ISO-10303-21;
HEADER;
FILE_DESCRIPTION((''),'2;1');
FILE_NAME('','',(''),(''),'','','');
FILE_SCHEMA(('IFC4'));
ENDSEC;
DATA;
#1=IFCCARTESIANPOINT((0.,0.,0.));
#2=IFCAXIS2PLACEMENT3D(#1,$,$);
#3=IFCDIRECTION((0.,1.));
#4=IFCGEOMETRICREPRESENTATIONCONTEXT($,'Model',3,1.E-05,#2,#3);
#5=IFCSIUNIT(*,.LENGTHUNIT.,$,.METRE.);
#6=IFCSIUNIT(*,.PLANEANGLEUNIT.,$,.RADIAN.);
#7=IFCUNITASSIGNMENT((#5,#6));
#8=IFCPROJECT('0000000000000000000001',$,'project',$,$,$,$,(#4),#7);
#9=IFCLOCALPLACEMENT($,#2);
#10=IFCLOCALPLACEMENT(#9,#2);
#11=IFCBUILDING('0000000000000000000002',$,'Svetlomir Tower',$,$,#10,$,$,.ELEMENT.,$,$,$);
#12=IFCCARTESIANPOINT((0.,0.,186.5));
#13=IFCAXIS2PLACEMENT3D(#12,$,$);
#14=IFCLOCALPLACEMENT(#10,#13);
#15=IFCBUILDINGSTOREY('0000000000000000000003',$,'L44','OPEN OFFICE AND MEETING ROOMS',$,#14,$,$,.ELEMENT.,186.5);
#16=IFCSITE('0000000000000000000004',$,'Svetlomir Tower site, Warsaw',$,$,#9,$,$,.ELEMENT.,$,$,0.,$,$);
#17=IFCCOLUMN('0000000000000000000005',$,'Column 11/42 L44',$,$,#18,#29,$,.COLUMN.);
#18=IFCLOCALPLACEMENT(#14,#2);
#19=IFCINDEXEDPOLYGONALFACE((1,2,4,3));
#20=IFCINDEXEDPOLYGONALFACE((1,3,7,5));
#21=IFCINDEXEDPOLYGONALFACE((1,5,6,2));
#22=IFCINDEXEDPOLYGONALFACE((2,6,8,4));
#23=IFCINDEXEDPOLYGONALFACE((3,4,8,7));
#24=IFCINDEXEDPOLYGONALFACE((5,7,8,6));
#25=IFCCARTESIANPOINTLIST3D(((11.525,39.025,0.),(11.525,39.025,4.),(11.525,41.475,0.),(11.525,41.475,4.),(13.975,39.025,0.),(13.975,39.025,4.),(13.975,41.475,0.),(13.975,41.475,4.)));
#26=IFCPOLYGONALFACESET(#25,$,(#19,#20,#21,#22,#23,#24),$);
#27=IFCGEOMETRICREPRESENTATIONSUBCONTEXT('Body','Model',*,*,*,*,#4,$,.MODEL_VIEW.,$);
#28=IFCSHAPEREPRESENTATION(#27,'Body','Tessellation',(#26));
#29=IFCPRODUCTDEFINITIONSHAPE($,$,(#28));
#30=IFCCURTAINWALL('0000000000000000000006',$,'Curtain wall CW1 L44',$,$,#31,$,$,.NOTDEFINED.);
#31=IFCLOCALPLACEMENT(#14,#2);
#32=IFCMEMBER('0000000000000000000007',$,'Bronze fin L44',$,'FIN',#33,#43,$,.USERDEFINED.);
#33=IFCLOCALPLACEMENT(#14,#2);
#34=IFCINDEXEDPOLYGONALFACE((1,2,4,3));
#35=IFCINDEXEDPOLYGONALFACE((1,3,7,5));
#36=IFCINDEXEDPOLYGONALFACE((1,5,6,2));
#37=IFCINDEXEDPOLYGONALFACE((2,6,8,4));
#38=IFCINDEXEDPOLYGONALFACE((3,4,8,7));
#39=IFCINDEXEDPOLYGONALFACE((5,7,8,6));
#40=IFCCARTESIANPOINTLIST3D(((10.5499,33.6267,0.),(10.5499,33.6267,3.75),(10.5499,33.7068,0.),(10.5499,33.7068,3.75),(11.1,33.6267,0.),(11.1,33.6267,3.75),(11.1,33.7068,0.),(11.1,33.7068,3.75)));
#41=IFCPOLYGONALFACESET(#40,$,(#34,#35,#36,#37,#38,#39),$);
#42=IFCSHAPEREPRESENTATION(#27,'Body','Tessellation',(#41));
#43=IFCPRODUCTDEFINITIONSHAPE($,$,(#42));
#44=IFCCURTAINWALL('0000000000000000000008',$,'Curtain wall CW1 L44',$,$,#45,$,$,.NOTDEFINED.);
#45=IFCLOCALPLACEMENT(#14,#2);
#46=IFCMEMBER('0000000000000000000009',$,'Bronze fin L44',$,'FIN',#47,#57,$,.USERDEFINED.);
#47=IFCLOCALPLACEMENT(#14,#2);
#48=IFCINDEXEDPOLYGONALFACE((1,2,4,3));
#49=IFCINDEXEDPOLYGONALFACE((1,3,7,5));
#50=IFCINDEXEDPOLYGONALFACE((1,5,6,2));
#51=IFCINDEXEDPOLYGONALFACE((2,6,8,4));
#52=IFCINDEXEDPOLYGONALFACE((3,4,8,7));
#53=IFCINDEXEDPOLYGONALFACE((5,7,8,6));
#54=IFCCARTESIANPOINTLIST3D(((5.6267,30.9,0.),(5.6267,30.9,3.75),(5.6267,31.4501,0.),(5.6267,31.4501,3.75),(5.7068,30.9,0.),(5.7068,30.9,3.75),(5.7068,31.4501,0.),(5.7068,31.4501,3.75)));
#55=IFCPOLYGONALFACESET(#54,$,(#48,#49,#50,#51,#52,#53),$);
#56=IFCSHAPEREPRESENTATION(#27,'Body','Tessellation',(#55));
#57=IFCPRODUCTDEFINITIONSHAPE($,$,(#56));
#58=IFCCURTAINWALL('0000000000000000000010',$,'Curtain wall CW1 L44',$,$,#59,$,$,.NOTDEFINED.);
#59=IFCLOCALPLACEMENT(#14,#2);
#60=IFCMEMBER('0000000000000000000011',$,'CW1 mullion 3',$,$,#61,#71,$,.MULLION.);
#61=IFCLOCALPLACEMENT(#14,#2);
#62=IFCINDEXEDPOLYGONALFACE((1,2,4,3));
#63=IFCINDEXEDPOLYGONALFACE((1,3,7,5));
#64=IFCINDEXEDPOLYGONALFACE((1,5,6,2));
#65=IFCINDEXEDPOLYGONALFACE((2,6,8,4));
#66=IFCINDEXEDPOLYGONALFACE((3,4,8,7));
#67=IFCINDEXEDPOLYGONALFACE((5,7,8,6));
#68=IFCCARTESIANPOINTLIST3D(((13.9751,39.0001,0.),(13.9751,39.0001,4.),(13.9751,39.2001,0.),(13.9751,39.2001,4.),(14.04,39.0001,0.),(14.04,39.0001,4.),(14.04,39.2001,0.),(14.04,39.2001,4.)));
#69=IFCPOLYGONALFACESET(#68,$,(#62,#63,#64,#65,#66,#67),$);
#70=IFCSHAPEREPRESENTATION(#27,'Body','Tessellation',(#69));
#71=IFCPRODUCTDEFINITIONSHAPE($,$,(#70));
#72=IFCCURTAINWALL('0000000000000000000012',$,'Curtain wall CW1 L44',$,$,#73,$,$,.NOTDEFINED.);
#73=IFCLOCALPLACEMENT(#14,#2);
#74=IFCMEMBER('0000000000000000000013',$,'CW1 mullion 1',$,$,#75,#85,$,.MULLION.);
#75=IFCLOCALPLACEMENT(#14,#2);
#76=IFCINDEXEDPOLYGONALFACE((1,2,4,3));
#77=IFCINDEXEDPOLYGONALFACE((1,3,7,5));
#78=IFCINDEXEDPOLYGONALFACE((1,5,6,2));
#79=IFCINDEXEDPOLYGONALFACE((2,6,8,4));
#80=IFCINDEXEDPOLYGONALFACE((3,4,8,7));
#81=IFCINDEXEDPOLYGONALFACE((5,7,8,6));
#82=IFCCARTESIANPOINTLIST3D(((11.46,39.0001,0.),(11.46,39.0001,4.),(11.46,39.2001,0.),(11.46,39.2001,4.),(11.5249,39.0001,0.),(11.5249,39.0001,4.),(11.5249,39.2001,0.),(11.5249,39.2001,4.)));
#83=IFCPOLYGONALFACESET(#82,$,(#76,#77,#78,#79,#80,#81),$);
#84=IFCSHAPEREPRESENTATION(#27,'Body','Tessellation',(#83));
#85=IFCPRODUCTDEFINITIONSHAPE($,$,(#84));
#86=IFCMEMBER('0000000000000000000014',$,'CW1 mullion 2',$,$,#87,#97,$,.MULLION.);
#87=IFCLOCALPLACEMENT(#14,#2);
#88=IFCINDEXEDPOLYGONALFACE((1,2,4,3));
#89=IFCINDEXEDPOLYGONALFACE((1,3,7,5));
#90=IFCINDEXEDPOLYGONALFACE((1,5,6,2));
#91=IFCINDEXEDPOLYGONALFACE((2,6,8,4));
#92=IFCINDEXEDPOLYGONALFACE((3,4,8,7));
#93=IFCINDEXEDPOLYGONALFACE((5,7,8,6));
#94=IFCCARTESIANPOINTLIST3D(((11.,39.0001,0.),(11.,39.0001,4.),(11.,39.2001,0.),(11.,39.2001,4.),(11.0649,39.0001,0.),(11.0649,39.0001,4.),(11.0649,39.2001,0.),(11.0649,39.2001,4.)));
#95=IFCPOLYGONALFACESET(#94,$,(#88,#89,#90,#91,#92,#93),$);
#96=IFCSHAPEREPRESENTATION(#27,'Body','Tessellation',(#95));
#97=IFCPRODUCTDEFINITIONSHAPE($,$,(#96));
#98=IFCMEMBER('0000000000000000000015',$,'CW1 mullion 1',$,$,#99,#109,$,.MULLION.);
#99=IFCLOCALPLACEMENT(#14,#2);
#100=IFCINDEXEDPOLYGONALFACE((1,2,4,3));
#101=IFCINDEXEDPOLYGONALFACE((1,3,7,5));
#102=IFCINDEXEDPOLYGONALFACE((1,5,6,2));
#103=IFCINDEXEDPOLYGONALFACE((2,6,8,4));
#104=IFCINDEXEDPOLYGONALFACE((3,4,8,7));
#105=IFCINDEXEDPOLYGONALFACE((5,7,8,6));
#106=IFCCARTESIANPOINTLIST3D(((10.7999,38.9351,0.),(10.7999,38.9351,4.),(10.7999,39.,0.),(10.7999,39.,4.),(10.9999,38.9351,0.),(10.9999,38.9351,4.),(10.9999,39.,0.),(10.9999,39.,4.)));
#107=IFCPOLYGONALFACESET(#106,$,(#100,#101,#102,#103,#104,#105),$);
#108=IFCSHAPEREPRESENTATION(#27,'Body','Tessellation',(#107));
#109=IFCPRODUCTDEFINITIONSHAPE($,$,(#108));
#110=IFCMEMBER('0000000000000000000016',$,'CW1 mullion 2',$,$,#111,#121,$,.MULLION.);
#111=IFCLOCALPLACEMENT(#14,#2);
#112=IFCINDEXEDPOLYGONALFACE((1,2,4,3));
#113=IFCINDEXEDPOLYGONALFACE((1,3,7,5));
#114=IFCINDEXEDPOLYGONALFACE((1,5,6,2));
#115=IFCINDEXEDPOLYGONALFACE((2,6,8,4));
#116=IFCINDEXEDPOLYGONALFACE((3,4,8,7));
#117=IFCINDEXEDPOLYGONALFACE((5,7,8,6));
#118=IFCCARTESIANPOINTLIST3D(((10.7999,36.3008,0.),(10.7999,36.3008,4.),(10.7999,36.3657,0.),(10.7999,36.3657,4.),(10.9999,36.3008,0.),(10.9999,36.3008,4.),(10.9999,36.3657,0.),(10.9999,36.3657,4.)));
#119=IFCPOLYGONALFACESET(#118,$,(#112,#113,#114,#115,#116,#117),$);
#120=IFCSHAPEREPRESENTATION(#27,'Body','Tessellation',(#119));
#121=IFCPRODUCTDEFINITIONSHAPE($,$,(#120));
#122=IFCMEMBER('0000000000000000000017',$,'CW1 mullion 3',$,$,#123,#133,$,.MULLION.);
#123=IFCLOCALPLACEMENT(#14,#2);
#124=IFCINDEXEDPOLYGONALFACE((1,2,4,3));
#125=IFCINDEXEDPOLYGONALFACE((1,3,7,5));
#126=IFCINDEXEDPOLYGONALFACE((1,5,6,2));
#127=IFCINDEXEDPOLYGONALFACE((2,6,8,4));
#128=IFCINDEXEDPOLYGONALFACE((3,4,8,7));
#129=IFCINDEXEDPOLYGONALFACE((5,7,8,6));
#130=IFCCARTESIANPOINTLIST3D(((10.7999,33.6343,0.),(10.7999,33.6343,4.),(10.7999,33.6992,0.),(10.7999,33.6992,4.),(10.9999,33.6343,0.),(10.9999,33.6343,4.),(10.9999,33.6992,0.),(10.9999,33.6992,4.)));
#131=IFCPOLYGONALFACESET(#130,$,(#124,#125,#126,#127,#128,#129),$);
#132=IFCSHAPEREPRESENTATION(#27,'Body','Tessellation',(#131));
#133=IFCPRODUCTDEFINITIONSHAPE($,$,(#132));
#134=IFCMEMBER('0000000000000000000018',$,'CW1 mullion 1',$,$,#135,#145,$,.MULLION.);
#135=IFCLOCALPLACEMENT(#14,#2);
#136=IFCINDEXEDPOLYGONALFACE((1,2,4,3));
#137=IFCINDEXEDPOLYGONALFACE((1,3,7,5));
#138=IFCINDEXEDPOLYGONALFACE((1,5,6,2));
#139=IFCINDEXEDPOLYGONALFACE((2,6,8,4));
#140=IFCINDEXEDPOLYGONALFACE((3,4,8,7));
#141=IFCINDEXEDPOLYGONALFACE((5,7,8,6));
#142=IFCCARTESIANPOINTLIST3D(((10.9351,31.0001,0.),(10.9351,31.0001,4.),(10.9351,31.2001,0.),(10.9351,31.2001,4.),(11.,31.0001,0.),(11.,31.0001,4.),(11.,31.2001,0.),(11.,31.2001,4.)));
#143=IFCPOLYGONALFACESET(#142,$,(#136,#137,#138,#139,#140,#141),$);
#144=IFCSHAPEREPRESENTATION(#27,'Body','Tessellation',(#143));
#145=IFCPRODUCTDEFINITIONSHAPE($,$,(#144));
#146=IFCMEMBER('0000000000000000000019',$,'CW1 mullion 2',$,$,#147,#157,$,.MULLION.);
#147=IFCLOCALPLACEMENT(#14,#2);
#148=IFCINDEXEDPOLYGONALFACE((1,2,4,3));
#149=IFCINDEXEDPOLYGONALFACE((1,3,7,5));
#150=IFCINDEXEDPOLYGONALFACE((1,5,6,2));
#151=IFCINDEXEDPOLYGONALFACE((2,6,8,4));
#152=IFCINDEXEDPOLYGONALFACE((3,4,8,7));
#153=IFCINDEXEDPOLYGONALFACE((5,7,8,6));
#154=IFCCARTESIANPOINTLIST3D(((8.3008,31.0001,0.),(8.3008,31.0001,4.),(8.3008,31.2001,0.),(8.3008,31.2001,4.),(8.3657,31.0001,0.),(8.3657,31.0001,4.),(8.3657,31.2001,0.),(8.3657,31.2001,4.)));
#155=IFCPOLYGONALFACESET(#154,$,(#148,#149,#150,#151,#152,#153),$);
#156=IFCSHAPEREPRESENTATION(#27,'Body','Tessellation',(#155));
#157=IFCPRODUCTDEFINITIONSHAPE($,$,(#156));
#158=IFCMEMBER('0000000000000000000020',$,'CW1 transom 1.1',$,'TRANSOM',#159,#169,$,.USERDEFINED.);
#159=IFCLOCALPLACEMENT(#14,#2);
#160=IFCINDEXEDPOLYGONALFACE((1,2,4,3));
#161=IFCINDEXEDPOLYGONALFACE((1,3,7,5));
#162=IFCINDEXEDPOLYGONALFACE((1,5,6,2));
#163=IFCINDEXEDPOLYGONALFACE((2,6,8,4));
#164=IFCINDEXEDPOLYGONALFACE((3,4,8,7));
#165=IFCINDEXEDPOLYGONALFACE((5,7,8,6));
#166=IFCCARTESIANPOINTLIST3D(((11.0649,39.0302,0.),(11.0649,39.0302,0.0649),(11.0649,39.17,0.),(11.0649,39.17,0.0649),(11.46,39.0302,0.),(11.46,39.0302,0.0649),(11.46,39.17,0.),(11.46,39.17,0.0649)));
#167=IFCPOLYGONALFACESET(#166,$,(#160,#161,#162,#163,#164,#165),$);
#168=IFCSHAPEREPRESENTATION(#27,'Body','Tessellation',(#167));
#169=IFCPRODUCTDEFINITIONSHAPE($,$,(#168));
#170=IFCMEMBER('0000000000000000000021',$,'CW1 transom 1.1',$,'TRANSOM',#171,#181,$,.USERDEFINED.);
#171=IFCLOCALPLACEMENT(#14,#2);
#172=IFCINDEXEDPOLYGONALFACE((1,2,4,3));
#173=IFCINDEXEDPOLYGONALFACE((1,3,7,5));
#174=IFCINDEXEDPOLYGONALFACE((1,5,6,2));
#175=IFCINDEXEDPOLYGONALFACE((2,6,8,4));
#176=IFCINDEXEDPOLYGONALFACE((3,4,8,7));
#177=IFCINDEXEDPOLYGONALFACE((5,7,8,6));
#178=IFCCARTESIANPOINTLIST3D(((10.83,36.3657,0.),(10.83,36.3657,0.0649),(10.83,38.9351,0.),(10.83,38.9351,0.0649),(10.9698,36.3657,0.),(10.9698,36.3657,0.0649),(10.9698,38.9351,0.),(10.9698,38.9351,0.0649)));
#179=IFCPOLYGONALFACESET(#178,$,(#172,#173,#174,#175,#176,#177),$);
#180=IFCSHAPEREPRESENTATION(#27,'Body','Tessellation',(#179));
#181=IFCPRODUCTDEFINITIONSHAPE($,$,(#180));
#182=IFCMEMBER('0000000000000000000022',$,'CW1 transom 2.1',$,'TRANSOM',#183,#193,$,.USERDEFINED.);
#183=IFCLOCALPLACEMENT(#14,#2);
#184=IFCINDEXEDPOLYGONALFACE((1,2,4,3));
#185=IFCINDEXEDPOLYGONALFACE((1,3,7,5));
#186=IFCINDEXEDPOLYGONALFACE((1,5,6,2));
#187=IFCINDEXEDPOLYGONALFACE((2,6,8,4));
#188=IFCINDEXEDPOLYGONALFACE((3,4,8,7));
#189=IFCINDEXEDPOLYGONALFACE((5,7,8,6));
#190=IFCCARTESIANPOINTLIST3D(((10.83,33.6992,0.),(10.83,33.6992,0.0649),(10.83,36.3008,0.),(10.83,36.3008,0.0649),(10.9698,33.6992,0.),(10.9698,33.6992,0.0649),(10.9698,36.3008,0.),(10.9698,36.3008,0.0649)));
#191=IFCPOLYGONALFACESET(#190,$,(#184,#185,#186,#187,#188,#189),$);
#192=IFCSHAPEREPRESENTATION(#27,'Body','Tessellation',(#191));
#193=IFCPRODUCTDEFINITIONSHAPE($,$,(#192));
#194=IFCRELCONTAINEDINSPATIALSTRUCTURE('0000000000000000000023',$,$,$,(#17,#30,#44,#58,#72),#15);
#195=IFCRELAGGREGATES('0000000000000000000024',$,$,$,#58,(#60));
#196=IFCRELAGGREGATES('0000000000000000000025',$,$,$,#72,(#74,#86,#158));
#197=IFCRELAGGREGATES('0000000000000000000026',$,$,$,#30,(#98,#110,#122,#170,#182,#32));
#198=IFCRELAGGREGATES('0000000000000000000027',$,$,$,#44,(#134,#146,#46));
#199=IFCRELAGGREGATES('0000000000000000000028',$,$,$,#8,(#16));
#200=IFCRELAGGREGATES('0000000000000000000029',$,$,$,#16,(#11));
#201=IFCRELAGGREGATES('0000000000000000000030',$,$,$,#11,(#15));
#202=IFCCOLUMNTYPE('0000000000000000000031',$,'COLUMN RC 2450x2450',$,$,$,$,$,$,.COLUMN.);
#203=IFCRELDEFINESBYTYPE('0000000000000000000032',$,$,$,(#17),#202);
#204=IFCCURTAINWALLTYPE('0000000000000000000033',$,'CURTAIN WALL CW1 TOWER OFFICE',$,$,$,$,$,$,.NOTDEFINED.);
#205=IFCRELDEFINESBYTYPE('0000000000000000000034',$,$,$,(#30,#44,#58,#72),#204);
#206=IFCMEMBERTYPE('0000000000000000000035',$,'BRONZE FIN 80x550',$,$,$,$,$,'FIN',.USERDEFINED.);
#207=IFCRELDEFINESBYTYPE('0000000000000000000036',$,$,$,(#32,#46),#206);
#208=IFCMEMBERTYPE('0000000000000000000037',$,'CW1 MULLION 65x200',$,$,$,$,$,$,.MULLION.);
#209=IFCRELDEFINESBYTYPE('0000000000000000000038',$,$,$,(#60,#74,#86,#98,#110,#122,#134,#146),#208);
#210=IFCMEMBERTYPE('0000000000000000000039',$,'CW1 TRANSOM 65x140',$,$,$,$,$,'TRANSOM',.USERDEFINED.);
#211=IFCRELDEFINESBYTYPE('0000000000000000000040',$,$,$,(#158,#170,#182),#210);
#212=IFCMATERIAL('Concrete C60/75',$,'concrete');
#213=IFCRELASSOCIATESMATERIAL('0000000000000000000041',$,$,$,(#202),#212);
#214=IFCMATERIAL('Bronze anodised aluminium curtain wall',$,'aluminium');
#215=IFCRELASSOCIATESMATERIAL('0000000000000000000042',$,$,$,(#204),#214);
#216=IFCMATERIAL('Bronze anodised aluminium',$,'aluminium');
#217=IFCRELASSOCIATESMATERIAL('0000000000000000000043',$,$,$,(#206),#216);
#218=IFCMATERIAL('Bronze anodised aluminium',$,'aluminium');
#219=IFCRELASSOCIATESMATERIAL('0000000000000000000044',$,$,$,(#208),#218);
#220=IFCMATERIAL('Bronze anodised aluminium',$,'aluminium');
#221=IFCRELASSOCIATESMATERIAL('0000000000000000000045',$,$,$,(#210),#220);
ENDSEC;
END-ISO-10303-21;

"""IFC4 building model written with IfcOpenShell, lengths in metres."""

from ifc_helpers import new_model, si_unit, direction, frame, origin, origin_2d, place, context, subcontext, project, spatial, rectangle, extrude, material, material_profile, profile_set, type_object, element, aggregate, save


model = new_model("IFC4")

# Units and contexts
model_context = context("Model", 3, precision=1e-05, world=origin(), true_north=direction((0.0, 1.0)))
body_context = subcontext(model_context, "Body", "Model", "MODEL_VIEW")
ifc_project = project(units=[si_unit("LENGTHUNIT", "METRE"), si_unit("PLANEANGLEUNIT", "RADIAN")], contexts=[model_context])

# Site, building, storey
site_placement = place(None, origin())
site = spatial("IfcSite", under=ifc_project, at=site_placement, Name="Svetlomir Tower site, Warsaw", CompositionType="ELEMENT", RefElevation=0.0)
building_placement = place(site_placement, origin())
building = spatial("IfcBuilding", under=site, at=building_placement, Name="Svetlomir Tower", CompositionType="ELEMENT")
storey_placement = place(building_placement, frame((0.0, 0.0, 186.5)))
storey = spatial("IfcBuildingStorey", under=building, at=storey_placement, Name="L44", Description="OPEN OFFICE AND MEETING ROOMS", CompositionType="ELEMENT", Elevation=186.5)

# Column
ifc_material_1 = material(Name="Concrete C60/75", Category="concrete")
ifc_material_profile_1 = material_profile(ifc_material_1, rectangle(XDim=2.45, YDim=2.45, at=origin_2d()), Name="RC 2450x2450")
ifc_profile_set_1 = profile_set([ifc_material_profile_1], Name="Concrete C60/75")
column_type = type_object("IfcColumnType", Name="COLUMN RC 2450x2450", PredefinedType="COLUMN", material=ifc_profile_set_1)
column_placement = place(storey_placement, frame((12.75, 40.25, 0.0), z_axis=(0.0, 0.0, 1.0), x_axis=(1.0, 0.0, 0.0)))
element("IfcColumn", 1, at=column_placement, inside=storey, type_object=column_type, Name="Column 11/42 L44", PredefinedType="COLUMN", context=body_context, shape_type="SweptSolid", body=[
    extrude(rectangle(XDim=2.45, YDim=2.45, at=origin_2d()), origin(), (0.0, 0.0, 1.0), 4.0),
])

# Curtain walls, members
ifc_material_2 = material(Name="Bronze anodised aluminium curtain wall", Category="aluminium")
curtain_wall_type = type_object("IfcCurtainWallType", Name="CURTAIN WALL CW1 TOWER OFFICE", PredefinedType="NOTDEFINED", material=ifc_material_2)
curtain_wall_1_placement = place(storey_placement, origin())
curtain_wall_1 = element("IfcCurtainWall", 2, at=curtain_wall_1_placement, inside=storey, type_object=curtain_wall_type, Name="Curtain wall CW1 L44", PredefinedType="NOTDEFINED")
ifc_material_3 = material(Name="Bronze anodised aluminium", Category="aluminium")
ifc_material_profile_2 = material_profile(ifc_material_3, rectangle(XDim=0.0801, YDim=0.55, at=origin_2d()), Name="FIN 80x550")
ifc_profile_set_2 = profile_set([ifc_material_profile_2], Name="Bronze anodised aluminium 6063-T6")
member_type_1 = type_object("IfcMemberType", Name="BRONZE FIN 80x550", ElementType="FIN", PredefinedType="USERDEFINED", material=ifc_profile_set_2)
member_1_placement = place(storey_placement, frame((10.825, 33.6667, 0.0), z_axis=(0.0, 0.0, 1.0), x_axis=(0.0, 1.0, 0.0)))
member_1 = element("IfcMember", 3, at=member_1_placement, type_object=member_type_1, Name="Bronze fin L44", ObjectType="FIN", PredefinedType="USERDEFINED", context=body_context, shape_type="SweptSolid", body=[
    extrude(rectangle(XDim=0.0801, YDim=0.55, at=origin_2d()), origin(), (0.0, 0.0, 1.0), 3.75),
])
curtain_wall_2_placement = place(storey_placement, origin())
curtain_wall_2 = element("IfcCurtainWall", 4, at=curtain_wall_2_placement, inside=storey, type_object=curtain_wall_type, Name="Curtain wall CW1 L44", PredefinedType="NOTDEFINED")
member_2_placement = place(storey_placement, frame((5.6667, 31.175, 0.0), z_axis=(0.0, 0.0, 1.0), x_axis=(1.0, 0.0, 0.0)))
member_2 = element("IfcMember", 5, at=member_2_placement, type_object=member_type_1, Name="Bronze fin L44", ObjectType="FIN", PredefinedType="USERDEFINED", context=body_context, shape_type="SweptSolid", body=[
    extrude(rectangle(XDim=0.0801, YDim=0.55, at=origin_2d()), origin(), (0.0, 0.0, 1.0), 3.75),
])
curtain_wall_3_placement = place(storey_placement, origin())
curtain_wall_3 = element("IfcCurtainWall", 6, at=curtain_wall_3_placement, inside=storey, type_object=curtain_wall_type, Name="Curtain wall CW1 L44", PredefinedType="NOTDEFINED")
ifc_material_4 = material(Name="Bronze anodised aluminium", Category="aluminium")
ifc_material_profile_3 = material_profile(ifc_material_4, rectangle(XDim=0.0649, YDim=0.2, at=origin_2d()), Name="AL 65x200")
ifc_profile_set_3 = profile_set([ifc_material_profile_3], Name="Bronze anodised aluminium 6063-T6")
member_type_2 = type_object("IfcMemberType", Name="CW1 MULLION 65x200", PredefinedType="MULLION", material=ifc_profile_set_3)
member_3_placement = place(storey_placement, frame((14.0076, 39.1001, 0.0), z_axis=(0.0, 0.0, 1.0), x_axis=(-1.0, 0.0, 0.0)))
member_3 = element("IfcMember", 7, at=member_3_placement, type_object=member_type_2, Name="CW1 mullion 3", PredefinedType="MULLION", context=body_context, shape_type="SweptSolid", body=[
    extrude(rectangle(XDim=0.0649, YDim=0.2, at=origin_2d()), origin(), (0.0, 0.0, 1.0), 4.0),
])
aggregate(curtain_wall_3, [member_3])

# Curtain wall, members
curtain_wall_4_placement = place(storey_placement, origin())
curtain_wall_4 = element("IfcCurtainWall", 8, at=curtain_wall_4_placement, inside=storey, type_object=curtain_wall_type, Name="Curtain wall CW1 L44", PredefinedType="NOTDEFINED")
member_4_placement = place(storey_placement, frame((11.4924, 39.1001, 0.0), z_axis=(0.0, 0.0, 1.0), x_axis=(-1.0, 0.0, 0.0)))
member_4 = element("IfcMember", 9, at=member_4_placement, type_object=member_type_2, Name="CW1 mullion 1", PredefinedType="MULLION", context=body_context, shape_type="SweptSolid", body=[
    extrude(rectangle(XDim=0.0649, YDim=0.2, at=origin_2d()), origin(), (0.0, 0.0, 1.0), 4.0),
])
member_5_placement = place(storey_placement, frame((11.0325, 39.1001, 0.0), z_axis=(0.0, 0.0, 1.0), x_axis=(-1.0, 0.0, 0.0)))
member_5 = element("IfcMember", 10, at=member_5_placement, type_object=member_type_2, Name="CW1 mullion 2", PredefinedType="MULLION", context=body_context, shape_type="SweptSolid", body=[
    extrude(rectangle(XDim=0.0649, YDim=0.2, at=origin_2d()), origin(), (0.0, 0.0, 1.0), 4.0),
])

# Members
member_6_placement = place(storey_placement, frame((10.8999, 38.9675, 0.0), z_axis=(0.0, 0.0, 1.0), x_axis=(0.0, -1.0, 0.0)))
member_6 = element("IfcMember", 11, at=member_6_placement, type_object=member_type_2, Name="CW1 mullion 1", PredefinedType="MULLION", context=body_context, shape_type="SweptSolid", body=[
    extrude(rectangle(XDim=0.0649, YDim=0.2, at=origin_2d()), origin(), (0.0, 0.0, 1.0), 4.0),
])
member_7_placement = place(storey_placement, frame((10.8999, 36.3333, 0.0), z_axis=(0.0, 0.0, 1.0), x_axis=(0.0, -1.0, 0.0)))
member_7 = element("IfcMember", 12, at=member_7_placement, type_object=member_type_2, Name="CW1 mullion 2", PredefinedType="MULLION", context=body_context, shape_type="SweptSolid", body=[
    extrude(rectangle(XDim=0.0649, YDim=0.2, at=origin_2d()), origin(), (0.0, 0.0, 1.0), 4.0),
])
member_8_placement = place(storey_placement, frame((10.8999, 33.6667, 0.0), z_axis=(0.0, 0.0, 1.0), x_axis=(0.0, -1.0, 0.0)))
member_8 = element("IfcMember", 13, at=member_8_placement, type_object=member_type_2, Name="CW1 mullion 3", PredefinedType="MULLION", context=body_context, shape_type="SweptSolid", body=[
    extrude(rectangle(XDim=0.0649, YDim=0.2, at=origin_2d()), origin(), (0.0, 0.0, 1.0), 4.0),
])
member_9_placement = place(storey_placement, frame((10.9675, 31.1001, 0.0), z_axis=(0.0, 0.0, 1.0), x_axis=(-1.0, 0.0, 0.0)))
member_9 = element("IfcMember", 14, at=member_9_placement, type_object=member_type_2, Name="CW1 mullion 1", PredefinedType="MULLION", context=body_context, shape_type="SweptSolid", body=[
    extrude(rectangle(XDim=0.0649, YDim=0.2, at=origin_2d()), origin(), (0.0, 0.0, 1.0), 4.0),
])
member_10_placement = place(storey_placement, frame((8.3333, 31.1001, 0.0), z_axis=(0.0, 0.0, 1.0), x_axis=(-1.0, 0.0, 0.0)))
member_10 = element("IfcMember", 15, at=member_10_placement, type_object=member_type_2, Name="CW1 mullion 2", PredefinedType="MULLION", context=body_context, shape_type="SweptSolid", body=[
    extrude(rectangle(XDim=0.0649, YDim=0.2, at=origin_2d()), origin(), (0.0, 0.0, 1.0), 4.0),
])
ifc_material_5 = material(Name="Bronze anodised aluminium", Category="aluminium")
ifc_material_profile_4 = material_profile(ifc_material_5, rectangle(XDim=0.1399, YDim=0.0649, at=origin_2d()), Name="AL 140x65")
ifc_profile_set_4 = profile_set([ifc_material_profile_4], Name="Bronze anodised aluminium 6063-T6")
member_type_3 = type_object("IfcMemberType", Name="CW1 TRANSOM 65x140", ElementType="TRANSOM", PredefinedType="USERDEFINED", material=ifc_profile_set_4)
member_11_placement = place(storey_placement, frame((11.46, 39.1001, 0.0325), z_axis=(-1.0, 0.0, 0.0), x_axis=(0.0, -1.0, 0.0)))
member_11 = element("IfcMember", 16, at=member_11_placement, type_object=member_type_3, Name="CW1 transom 1.1", ObjectType="TRANSOM", PredefinedType="USERDEFINED", context=body_context, shape_type="SweptSolid", body=[
    extrude(rectangle(XDim=0.1399, YDim=0.0649, at=origin_2d()), origin(), (0.0, 0.0, 1.0), 0.395),
])
member_12_placement = place(storey_placement, frame((10.8999, 38.9351, 0.0325), z_axis=(0.0, -1.0, 0.0), x_axis=(1.0, 0.0, 0.0)))
member_12 = element("IfcMember", 17, at=member_12_placement, type_object=member_type_3, Name="CW1 transom 1.1", ObjectType="TRANSOM", PredefinedType="USERDEFINED", context=body_context, shape_type="SweptSolid", body=[
    extrude(rectangle(XDim=0.1399, YDim=0.0649, at=origin_2d()), origin(), (0.0, 0.0, 1.0), 2.5693),
])
member_13_placement = place(storey_placement, frame((10.8999, 36.3008, 0.0325), z_axis=(0.0, -1.0, 0.0), x_axis=(1.0, 0.0, 0.0)))
member_13 = element("IfcMember", 18, at=member_13_placement, type_object=member_type_3, Name="CW1 transom 2.1", ObjectType="TRANSOM", PredefinedType="USERDEFINED", context=body_context, shape_type="SweptSolid", body=[
    extrude(rectangle(XDim=0.1399, YDim=0.0649, at=origin_2d()), origin(), (0.0, 0.0, 1.0), 2.6016),
])

aggregate(curtain_wall_4, [member_4, member_5, member_11])
aggregate(curtain_wall_1, [member_6, member_7, member_8, member_12, member_13, member_1])
aggregate(curtain_wall_2, [member_9, member_10, member_2])

save(model, "model.ifc")
